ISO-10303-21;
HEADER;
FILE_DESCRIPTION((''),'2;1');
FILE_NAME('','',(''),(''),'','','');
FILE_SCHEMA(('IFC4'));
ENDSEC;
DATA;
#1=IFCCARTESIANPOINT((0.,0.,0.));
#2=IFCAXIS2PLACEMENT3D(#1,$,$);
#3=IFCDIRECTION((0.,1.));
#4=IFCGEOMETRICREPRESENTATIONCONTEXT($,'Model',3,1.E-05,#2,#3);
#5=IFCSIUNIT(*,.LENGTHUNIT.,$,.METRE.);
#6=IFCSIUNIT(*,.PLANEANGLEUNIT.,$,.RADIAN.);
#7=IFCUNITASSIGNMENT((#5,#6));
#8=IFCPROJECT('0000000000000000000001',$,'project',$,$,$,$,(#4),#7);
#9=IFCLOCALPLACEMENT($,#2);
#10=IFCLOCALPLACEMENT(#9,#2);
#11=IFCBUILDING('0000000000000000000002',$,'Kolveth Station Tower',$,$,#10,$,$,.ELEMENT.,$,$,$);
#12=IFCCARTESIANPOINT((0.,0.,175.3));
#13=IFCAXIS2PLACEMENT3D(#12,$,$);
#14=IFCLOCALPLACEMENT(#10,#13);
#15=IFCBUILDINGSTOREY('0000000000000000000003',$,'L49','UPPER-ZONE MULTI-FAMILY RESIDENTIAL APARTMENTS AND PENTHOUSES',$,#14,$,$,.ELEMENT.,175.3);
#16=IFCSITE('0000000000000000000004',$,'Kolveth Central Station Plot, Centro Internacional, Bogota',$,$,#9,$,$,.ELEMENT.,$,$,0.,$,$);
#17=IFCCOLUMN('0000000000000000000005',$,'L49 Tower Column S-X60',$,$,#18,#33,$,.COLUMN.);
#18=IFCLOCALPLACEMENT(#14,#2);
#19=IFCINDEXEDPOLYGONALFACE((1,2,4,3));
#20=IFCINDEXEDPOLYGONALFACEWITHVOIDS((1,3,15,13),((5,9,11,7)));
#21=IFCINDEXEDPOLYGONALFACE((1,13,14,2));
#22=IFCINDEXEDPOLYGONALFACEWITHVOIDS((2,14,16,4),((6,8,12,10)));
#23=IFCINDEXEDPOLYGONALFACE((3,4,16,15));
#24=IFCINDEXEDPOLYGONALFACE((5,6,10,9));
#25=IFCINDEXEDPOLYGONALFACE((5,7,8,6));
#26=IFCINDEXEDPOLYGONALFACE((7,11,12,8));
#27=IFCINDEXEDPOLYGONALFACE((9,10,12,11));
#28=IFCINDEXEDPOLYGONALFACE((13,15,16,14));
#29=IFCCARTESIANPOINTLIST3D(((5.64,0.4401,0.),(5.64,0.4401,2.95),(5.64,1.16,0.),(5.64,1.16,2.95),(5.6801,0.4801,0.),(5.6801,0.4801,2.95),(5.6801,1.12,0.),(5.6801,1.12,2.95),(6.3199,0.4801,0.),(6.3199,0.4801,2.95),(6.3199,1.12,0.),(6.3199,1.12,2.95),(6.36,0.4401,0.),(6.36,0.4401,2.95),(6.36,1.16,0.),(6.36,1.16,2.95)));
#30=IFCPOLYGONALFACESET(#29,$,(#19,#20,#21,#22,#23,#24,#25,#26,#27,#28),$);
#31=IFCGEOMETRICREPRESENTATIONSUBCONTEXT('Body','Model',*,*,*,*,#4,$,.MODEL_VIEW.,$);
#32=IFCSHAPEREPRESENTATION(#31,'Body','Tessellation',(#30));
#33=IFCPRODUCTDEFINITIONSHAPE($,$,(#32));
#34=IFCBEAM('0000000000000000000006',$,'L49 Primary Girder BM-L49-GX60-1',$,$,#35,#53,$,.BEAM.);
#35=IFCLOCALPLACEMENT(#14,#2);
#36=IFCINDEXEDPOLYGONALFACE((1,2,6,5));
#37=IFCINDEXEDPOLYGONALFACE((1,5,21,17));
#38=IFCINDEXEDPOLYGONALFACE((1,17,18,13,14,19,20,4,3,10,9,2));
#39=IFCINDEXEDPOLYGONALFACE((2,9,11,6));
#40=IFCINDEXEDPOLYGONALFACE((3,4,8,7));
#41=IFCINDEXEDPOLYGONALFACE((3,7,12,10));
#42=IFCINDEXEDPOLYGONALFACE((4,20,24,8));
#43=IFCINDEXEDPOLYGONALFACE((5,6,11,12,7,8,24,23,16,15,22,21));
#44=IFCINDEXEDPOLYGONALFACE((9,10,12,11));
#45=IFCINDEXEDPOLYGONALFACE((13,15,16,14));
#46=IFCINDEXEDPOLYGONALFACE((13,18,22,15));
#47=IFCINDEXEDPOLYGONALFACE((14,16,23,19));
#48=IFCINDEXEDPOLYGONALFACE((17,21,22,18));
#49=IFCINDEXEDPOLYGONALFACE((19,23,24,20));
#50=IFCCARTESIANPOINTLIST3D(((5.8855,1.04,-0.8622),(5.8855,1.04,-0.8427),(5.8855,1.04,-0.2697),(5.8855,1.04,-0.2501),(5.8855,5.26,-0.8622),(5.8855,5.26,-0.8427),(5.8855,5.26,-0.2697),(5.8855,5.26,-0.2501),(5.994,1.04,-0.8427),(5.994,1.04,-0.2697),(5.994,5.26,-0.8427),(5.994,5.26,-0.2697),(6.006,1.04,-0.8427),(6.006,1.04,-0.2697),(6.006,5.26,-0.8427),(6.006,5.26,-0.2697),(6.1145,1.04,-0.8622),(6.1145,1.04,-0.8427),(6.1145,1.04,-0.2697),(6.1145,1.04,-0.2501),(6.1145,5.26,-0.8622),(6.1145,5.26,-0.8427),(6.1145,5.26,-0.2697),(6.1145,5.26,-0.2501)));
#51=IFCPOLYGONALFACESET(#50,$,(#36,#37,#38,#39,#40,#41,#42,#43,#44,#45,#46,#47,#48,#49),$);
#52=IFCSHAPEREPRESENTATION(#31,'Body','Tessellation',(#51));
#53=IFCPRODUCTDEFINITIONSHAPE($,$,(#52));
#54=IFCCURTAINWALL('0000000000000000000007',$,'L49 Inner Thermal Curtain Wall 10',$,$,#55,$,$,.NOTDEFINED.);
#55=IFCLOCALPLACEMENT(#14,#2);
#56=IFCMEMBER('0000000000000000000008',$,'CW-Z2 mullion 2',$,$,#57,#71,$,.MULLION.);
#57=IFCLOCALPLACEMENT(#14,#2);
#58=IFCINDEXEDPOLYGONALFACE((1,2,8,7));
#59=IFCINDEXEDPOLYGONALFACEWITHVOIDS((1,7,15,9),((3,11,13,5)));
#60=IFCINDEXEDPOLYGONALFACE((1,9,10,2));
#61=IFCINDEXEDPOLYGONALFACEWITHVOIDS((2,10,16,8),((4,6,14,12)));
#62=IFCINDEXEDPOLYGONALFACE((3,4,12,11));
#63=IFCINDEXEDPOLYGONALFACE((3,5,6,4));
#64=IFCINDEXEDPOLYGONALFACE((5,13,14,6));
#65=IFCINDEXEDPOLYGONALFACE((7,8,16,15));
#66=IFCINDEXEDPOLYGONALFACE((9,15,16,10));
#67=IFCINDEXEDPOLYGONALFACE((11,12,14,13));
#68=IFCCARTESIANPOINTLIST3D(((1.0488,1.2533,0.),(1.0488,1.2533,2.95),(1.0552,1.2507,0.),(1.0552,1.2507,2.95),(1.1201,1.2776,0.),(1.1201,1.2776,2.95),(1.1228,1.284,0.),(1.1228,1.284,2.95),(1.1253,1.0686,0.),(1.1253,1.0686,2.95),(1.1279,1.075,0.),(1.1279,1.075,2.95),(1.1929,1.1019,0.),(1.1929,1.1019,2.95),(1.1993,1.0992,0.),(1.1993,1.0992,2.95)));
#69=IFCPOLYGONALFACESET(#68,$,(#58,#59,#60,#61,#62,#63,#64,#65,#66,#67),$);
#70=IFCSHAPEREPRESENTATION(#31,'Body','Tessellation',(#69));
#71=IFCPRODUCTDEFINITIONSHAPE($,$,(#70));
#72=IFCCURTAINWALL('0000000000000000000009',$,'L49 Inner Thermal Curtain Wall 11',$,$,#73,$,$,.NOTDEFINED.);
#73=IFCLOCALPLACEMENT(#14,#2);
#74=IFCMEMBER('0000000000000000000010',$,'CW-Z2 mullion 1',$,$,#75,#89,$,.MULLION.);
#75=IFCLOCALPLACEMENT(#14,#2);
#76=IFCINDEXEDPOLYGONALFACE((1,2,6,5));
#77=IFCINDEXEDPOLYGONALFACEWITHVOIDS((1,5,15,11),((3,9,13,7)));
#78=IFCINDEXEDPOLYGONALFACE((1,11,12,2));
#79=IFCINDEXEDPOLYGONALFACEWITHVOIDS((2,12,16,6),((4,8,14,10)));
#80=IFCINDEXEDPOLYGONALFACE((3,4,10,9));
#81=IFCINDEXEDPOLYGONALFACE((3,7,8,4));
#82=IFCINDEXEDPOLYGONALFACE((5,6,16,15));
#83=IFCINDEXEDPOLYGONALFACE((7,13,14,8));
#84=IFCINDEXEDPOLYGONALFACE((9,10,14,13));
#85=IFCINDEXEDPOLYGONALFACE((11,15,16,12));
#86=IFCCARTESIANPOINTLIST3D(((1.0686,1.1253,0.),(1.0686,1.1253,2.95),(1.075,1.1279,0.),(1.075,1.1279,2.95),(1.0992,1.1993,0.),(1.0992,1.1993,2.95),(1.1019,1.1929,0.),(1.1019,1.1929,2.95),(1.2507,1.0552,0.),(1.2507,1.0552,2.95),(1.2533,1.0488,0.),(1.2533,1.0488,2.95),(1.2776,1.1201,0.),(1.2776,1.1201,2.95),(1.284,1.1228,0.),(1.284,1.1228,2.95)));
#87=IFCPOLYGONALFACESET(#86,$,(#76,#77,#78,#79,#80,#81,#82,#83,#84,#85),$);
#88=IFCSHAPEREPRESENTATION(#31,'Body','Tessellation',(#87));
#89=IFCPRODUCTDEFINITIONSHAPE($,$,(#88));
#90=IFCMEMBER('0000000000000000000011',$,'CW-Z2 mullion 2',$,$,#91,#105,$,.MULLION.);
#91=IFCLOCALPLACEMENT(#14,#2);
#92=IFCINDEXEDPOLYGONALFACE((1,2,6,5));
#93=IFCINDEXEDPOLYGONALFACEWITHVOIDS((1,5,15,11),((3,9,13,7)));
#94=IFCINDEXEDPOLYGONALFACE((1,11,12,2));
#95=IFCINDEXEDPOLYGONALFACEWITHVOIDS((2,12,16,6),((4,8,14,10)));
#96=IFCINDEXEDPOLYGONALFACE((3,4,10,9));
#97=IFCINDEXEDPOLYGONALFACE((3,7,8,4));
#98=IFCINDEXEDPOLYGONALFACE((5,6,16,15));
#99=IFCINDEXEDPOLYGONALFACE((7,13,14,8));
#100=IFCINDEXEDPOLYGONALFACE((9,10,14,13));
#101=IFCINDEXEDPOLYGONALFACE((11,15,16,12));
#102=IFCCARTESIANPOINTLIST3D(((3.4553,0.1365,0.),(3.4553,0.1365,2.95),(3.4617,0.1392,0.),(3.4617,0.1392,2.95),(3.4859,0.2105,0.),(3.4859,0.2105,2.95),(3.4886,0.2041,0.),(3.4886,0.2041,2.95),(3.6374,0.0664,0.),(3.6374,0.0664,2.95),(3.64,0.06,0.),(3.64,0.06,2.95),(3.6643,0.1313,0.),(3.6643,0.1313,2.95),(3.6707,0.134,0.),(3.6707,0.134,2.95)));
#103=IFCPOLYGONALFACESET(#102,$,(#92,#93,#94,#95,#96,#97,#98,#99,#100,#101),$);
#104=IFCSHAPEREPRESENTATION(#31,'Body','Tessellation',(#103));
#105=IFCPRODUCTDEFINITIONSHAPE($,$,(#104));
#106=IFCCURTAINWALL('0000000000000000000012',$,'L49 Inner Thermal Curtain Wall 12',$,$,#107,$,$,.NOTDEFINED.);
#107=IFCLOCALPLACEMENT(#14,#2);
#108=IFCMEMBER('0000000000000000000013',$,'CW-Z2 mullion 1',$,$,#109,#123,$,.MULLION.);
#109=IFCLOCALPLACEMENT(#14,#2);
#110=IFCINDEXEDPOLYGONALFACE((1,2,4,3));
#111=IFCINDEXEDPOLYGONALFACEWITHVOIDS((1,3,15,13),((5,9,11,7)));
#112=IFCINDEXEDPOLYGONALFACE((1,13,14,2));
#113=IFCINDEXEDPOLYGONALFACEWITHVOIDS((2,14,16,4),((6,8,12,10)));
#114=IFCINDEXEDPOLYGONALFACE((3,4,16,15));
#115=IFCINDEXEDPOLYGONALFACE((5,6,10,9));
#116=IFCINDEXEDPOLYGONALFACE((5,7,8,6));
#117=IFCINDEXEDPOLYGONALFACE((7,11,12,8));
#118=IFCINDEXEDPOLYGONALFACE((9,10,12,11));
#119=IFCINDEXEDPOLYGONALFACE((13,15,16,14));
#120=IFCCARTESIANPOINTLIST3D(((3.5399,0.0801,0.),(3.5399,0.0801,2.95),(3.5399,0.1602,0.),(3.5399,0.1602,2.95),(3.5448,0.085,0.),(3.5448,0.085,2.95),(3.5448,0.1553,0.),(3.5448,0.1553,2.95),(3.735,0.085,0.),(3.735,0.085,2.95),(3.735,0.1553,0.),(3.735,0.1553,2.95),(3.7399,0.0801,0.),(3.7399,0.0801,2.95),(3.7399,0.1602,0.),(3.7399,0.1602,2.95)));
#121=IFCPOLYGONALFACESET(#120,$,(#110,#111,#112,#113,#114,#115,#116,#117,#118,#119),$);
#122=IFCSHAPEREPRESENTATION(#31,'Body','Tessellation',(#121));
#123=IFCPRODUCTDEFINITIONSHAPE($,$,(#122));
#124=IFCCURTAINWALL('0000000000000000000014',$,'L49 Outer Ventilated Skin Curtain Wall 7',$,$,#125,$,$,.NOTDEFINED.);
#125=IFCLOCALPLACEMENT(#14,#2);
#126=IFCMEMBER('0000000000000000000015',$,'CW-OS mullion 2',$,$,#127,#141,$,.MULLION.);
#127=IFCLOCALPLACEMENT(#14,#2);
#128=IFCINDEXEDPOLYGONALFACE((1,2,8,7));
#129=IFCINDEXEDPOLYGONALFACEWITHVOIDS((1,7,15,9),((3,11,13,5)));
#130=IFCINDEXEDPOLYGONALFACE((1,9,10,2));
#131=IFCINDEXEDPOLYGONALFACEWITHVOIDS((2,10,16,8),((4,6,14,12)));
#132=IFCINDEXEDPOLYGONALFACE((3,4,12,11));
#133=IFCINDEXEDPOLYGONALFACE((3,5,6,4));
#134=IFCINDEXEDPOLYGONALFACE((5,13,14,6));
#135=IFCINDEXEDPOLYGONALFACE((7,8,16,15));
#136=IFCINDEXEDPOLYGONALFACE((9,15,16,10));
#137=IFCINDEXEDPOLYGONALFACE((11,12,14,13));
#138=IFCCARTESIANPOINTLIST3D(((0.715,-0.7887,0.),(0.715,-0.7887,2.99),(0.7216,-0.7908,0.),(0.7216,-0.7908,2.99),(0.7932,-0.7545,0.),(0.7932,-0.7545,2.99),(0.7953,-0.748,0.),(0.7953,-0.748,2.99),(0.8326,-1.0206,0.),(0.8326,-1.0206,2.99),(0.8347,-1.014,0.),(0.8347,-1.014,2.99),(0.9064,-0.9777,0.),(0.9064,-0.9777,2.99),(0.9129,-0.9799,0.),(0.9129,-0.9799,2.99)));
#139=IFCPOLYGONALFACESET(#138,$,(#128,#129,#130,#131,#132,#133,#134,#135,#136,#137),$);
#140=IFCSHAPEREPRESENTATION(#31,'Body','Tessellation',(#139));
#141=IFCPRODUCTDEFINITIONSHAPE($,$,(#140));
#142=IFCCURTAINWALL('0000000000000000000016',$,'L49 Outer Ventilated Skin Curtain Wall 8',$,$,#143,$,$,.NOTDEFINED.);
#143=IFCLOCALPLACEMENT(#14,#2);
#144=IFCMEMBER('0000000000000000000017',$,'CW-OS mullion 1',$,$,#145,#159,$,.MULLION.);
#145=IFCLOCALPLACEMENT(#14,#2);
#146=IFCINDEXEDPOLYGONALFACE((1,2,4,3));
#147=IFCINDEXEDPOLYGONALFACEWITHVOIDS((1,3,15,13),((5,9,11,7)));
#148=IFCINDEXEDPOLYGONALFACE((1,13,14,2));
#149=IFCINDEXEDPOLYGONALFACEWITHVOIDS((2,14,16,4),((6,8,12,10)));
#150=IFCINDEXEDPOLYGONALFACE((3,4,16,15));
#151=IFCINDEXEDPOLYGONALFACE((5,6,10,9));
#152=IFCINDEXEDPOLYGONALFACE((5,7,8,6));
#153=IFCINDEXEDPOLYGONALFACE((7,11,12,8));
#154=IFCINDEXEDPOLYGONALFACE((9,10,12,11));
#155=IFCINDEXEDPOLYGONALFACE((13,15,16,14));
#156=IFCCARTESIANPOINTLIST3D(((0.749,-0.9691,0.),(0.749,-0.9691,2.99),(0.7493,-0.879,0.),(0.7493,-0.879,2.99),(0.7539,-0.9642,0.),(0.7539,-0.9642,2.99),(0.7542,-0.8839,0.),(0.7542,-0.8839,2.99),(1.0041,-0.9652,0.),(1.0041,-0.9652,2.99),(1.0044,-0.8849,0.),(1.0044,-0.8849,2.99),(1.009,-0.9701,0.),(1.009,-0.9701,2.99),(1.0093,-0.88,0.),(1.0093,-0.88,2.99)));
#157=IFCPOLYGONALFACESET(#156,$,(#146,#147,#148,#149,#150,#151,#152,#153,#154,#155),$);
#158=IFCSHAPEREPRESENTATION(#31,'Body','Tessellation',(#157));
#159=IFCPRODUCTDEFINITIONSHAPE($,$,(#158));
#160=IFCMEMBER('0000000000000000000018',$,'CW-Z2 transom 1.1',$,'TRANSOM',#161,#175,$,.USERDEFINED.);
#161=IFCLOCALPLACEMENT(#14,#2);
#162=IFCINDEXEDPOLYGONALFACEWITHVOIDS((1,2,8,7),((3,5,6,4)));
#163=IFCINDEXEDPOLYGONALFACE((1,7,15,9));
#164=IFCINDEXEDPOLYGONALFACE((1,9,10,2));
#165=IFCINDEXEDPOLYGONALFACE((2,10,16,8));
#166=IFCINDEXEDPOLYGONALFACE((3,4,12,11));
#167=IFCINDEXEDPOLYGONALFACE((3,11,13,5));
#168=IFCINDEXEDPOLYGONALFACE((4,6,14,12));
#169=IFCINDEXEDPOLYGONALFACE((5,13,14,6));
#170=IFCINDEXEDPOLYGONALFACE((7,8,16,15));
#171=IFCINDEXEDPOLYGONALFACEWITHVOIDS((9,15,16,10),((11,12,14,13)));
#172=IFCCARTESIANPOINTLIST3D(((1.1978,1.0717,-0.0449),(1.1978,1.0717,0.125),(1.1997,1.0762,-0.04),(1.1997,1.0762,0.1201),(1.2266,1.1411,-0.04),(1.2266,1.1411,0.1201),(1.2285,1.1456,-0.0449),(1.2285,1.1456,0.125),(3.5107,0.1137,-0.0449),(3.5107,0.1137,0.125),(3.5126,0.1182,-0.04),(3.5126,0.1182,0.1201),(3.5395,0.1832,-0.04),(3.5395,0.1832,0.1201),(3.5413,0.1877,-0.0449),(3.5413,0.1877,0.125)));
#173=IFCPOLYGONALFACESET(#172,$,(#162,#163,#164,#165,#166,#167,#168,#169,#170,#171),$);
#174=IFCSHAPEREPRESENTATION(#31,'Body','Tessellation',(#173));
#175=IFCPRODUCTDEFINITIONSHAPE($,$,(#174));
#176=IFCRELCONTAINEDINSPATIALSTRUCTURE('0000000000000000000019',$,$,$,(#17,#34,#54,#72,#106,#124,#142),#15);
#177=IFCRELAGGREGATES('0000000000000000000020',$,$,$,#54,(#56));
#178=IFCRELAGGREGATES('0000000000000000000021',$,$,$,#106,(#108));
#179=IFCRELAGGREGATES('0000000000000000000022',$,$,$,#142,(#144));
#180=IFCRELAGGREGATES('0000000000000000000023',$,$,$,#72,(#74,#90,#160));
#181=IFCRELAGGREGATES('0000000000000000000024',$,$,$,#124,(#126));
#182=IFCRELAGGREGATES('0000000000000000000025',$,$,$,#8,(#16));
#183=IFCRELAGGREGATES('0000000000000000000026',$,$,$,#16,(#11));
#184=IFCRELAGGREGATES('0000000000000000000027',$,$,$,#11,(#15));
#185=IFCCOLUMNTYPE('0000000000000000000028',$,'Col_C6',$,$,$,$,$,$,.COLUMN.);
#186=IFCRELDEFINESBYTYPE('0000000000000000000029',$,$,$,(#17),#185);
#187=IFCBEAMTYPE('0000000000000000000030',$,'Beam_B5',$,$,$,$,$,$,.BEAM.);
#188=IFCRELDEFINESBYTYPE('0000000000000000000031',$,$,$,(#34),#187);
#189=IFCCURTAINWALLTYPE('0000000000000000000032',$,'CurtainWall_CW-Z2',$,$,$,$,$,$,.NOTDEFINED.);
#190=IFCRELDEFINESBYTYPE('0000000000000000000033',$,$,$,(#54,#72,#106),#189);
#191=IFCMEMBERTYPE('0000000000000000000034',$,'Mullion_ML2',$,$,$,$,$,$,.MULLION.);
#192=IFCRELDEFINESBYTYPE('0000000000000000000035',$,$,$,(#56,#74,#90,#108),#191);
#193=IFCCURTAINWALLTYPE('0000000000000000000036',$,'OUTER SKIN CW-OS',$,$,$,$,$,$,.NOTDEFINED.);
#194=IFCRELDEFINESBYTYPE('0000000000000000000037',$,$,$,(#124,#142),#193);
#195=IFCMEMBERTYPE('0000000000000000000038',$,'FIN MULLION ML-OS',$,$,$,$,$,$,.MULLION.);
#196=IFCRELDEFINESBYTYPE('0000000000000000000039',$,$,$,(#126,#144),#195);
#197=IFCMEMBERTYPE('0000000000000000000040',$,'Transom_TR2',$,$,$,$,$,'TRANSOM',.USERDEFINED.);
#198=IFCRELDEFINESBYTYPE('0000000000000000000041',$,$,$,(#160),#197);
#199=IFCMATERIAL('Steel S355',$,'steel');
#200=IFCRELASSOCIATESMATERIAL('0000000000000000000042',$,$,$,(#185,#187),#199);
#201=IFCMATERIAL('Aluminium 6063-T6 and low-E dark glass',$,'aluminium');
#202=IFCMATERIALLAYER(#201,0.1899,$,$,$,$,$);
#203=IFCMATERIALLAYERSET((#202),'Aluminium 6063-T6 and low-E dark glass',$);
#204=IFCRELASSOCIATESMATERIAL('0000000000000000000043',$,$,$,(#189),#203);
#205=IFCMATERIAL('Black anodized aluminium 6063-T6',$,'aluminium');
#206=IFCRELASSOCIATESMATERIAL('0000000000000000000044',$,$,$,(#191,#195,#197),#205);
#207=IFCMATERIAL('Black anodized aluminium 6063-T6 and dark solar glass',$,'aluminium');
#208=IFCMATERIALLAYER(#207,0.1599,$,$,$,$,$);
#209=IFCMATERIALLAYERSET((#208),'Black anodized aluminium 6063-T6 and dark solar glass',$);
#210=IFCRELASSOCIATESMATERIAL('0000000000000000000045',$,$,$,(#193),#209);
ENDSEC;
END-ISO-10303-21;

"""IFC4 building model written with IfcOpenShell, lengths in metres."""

from ifc_helpers import new_model, si_unit, direction, frame, origin, origin_2d, place, context, subcontext, project, spatial, hollow_rectangle, i_section, extrude, source, transform, mapped, material, layer, layer_set, material_profile, profile_set, type_object, element, aggregate, save


model = new_model("IFC4")

# Units and contexts
model_context = context("Model", 3, precision=1e-05, world=origin(), true_north=direction((0.0, 1.0)))
body_context = subcontext(model_context, "Body", "Model", "MODEL_VIEW")
ifc_project = project(units=[si_unit("LENGTHUNIT", "METRE"), si_unit("PLANEANGLEUNIT", "RADIAN")], contexts=[model_context])

# Site, building, storey
site_placement = place(None, origin())
site = spatial("IfcSite", under=ifc_project, at=site_placement, Name="Kolveth Central Station Plot, Centro Internacional, Bogota", CompositionType="ELEMENT", RefElevation=0.0)
building_placement = place(site_placement, origin())
building = spatial("IfcBuilding", under=site, at=building_placement, Name="Kolveth Station Tower", CompositionType="ELEMENT")
storey_placement = place(building_placement, frame((0.0, 0.0, 175.3)))
storey = spatial("IfcBuildingStorey", under=building, at=storey_placement, Name="L49", Description="UPPER-ZONE MULTI-FAMILY RESIDENTIAL APARTMENTS AND PENTHOUSES", CompositionType="ELEMENT", Elevation=175.3)

# Column
ifc_material_1 = material(Name="Steel S355", Category="steel")
ifc_material_profile_1 = material_profile(ifc_material_1, hollow_rectangle(XDim=0.72, YDim=0.72, WallThickness=0.04, at=origin_2d()), Name="BOX720x720x40")
ifc_profile_set_1 = profile_set([ifc_material_profile_1], Name="Steel S355")
column_type = type_object("IfcColumnType", Name="Col_C6", PredefinedType="COLUMN", material=ifc_profile_set_1)
shared_shape_1 = source(origin(), body_context, "Body", "SweptSolid", [
    extrude(hollow_rectangle(XDim=0.72, YDim=0.72, WallThickness=0.04, at=origin_2d()), origin(), (0.0, 0.0, 1.0), 2.95),
])
column_placement = place(storey_placement, frame((6.0, 0.8, 0.0), z_axis=(0.0, 0.0, 1.0), x_axis=(1.0, 0.0, 0.0)))
element("IfcColumn", 1, at=column_placement, inside=storey, type_object=column_type, Name="L49 Tower Column S-X60", PredefinedType="COLUMN", context=body_context, shape_type="MappedRepresentation", body=[
    mapped(shared_shape_1, transform((0.0, 0.0, 0.0), x_axis=(1.0, 0.0, 0.0), y_axis=(0.0, 1.0, 0.0), z_axis=(0.0, 0.0, 1.0), scale=1.0)),
])

# Beam
ifc_material_profile_2 = material_profile(ifc_material_1, i_section(OverallWidth=0.229, OverallDepth=0.6121, WebThickness=0.012, FlangeThickness=0.0195, at=origin_2d()), Name="W610x125")
ifc_profile_set_2 = profile_set([ifc_material_profile_2], Name="Steel S355")
beam_type = type_object("IfcBeamType", Name="Beam_B5", PredefinedType="BEAM", material=ifc_profile_set_2)
shared_shape_2 = source(origin(), body_context, "Body", "SweptSolid", [
    extrude(i_section(OverallWidth=0.229, OverallDepth=0.6121, WebThickness=0.012, FlangeThickness=0.0195, at=origin_2d()), origin(), (0.0, 0.0, 1.0), 4.22),
])
beam_placement = place(storey_placement, frame((6.0, 1.04, -0.5562), z_axis=(0.0, 1.0, 0.0), x_axis=(-1.0, 0.0, 0.0)))
element("IfcBeam", 2, at=beam_placement, inside=storey, type_object=beam_type, Name="L49 Primary Girder BM-L49-GX60-1", PredefinedType="BEAM", context=body_context, shape_type="MappedRepresentation", body=[
    mapped(shared_shape_2, transform((0.0, 0.0, 0.0), x_axis=(1.0, 0.0, 0.0), y_axis=(0.0, 1.0, 0.0), z_axis=(0.0, 0.0, 1.0), scale=1.0)),
])

# Curtain wall, member
ifc_material_2 = material(Name="Aluminium 6063-T6 and low-E dark glass", Category="aluminium")
ifc_layer_1 = layer(ifc_material_2, 0.1899)
ifc_layer_set_1 = layer_set([ifc_layer_1], Name="Aluminium 6063-T6 and low-E dark glass")
curtain_wall_type_1 = type_object("IfcCurtainWallType", Name="CurtainWall_CW-Z2", PredefinedType="NOTDEFINED", material=ifc_layer_set_1)
curtain_wall_1_placement = place(storey_placement, origin())
curtain_wall_1 = element("IfcCurtainWall", 3, at=curtain_wall_1_placement, inside=storey, type_object=curtain_wall_type_1, Name="L49 Inner Thermal Curtain Wall 10", PredefinedType="NOTDEFINED")
ifc_material_3 = material(Name="Black anodized aluminium 6063-T6", Category="aluminium")
ifc_material_profile_3 = material_profile(ifc_material_3, hollow_rectangle(XDim=0.0801, YDim=0.2, WallThickness=0.0049, at=origin_2d()), Name="ALU-80x200x5")
ifc_profile_set_3 = profile_set([ifc_material_profile_3], Name="Black anodized aluminium 6063-T6")
member_type_1 = type_object("IfcMemberType", Name="Mullion_ML2", PredefinedType="MULLION", material=ifc_profile_set_3)
shared_shape_3 = source(origin(), body_context, "Body", "SweptSolid", [
    extrude(hollow_rectangle(XDim=0.0801, YDim=0.2, WallThickness=0.0049, at=origin_2d()), origin(), (0.0, 0.0, 1.0), 2.95),
])
member_1_placement = place(storey_placement, frame((1.124, 1.1763, 0.0), z_axis=(0.0, 0.0, 1.0), x_axis=(0.923874, 0.382698, 0.0)))
member_1 = element("IfcMember", 4, at=member_1_placement, type_object=member_type_1, Name="CW-Z2 mullion 2", PredefinedType="MULLION", context=body_context, shape_type="MappedRepresentation", body=[
    mapped(shared_shape_3, transform((0.0, 0.0, 0.0), x_axis=(1.0, 0.0, 0.0), y_axis=(0.0, 1.0, 0.0), z_axis=(0.0, 0.0, 1.0), scale=1.0)),
])
aggregate(curtain_wall_1, [member_1])

# Curtain wall, members
curtain_wall_2_placement = place(storey_placement, origin())
curtain_wall_2 = element("IfcCurtainWall", 5, at=curtain_wall_2_placement, inside=storey, type_object=curtain_wall_type_1, Name="L49 Inner Thermal Curtain Wall 11", PredefinedType="NOTDEFINED")
member_2_placement = place(storey_placement, frame((1.1763, 1.124, 0.0), z_axis=(0.0, 0.0, 1.0), x_axis=(0.382698, 0.923874, 0.0)))
member_2 = element("IfcMember", 6, at=member_2_placement, type_object=member_type_1, Name="CW-Z2 mullion 1", PredefinedType="MULLION", context=body_context, shape_type="MappedRepresentation", body=[
    mapped(shared_shape_3, transform((0.0, 0.0, 0.0), x_axis=(1.0, 0.0, 0.0), y_axis=(0.0, 1.0, 0.0), z_axis=(0.0, 0.0, 1.0), scale=1.0)),
])
member_3_placement = place(storey_placement, frame((3.563, 0.1353, 0.0), z_axis=(0.0, 0.0, 1.0), x_axis=(0.382698, 0.923874, 0.0)))
member_3 = element("IfcMember", 7, at=member_3_placement, type_object=member_type_1, Name="CW-Z2 mullion 2", PredefinedType="MULLION", context=body_context, shape_type="MappedRepresentation", body=[
    mapped(shared_shape_3, transform((0.0, 0.0, 0.0), x_axis=(1.0, 0.0, 0.0), y_axis=(0.0, 1.0, 0.0), z_axis=(0.0, 0.0, 1.0), scale=1.0)),
])

# Curtain walls, members
curtain_wall_3_placement = place(storey_placement, origin())
curtain_wall_3 = element("IfcCurtainWall", 8, at=curtain_wall_3_placement, inside=storey, type_object=curtain_wall_type_1, Name="L49 Inner Thermal Curtain Wall 12", PredefinedType="NOTDEFINED")
member_4_placement = place(storey_placement, frame((3.6399, 0.1201, 0.0), z_axis=(0.0, 0.0, 1.0), x_axis=(0.0, 1.0, 0.0)))
member_4 = element("IfcMember", 9, at=member_4_placement, type_object=member_type_1, Name="CW-Z2 mullion 1", PredefinedType="MULLION", context=body_context, shape_type="MappedRepresentation", body=[
    mapped(shared_shape_3, transform((0.0, 0.0, 0.0), x_axis=(1.0, 0.0, 0.0), y_axis=(0.0, 1.0, 0.0), z_axis=(0.0, 0.0, 1.0), scale=1.0)),
])
ifc_material_4 = material(Name="Black anodized aluminium 6063-T6 and dark solar glass", Category="aluminium")
ifc_layer_2 = layer(ifc_material_4, 0.1599)
ifc_layer_set_2 = layer_set([ifc_layer_2], Name="Black anodized aluminium 6063-T6 and dark solar glass")
curtain_wall_type_2 = type_object("IfcCurtainWallType", Name="OUTER SKIN CW-OS", PredefinedType="NOTDEFINED", material=ifc_layer_set_2)
curtain_wall_4_placement = place(storey_placement, origin())
curtain_wall_4 = element("IfcCurtainWall", 10, at=curtain_wall_4_placement, inside=storey, type_object=curtain_wall_type_2, Name="L49 Outer Ventilated Skin Curtain Wall 7", PredefinedType="NOTDEFINED")
ifc_material_profile_4 = material_profile(ifc_material_3, hollow_rectangle(XDim=0.0901, YDim=0.26, WallThickness=0.0049, at=origin_2d()), Name="ALU-90x260x5")
ifc_profile_set_4 = profile_set([ifc_material_profile_4], Name="Black anodized aluminium 6063-T6")
member_type_2 = type_object("IfcMemberType", Name="FIN MULLION ML-OS", PredefinedType="MULLION", material=ifc_profile_set_4)
shared_shape_4 = source(origin(), body_context, "Body", "SweptSolid", [
    extrude(hollow_rectangle(XDim=0.0901, YDim=0.26, WallThickness=0.0049, at=origin_2d()), origin(), (0.0, 0.0, 1.0), 2.99),
])
member_5_placement = place(storey_placement, frame((0.814, -0.8843, 0.0), z_axis=(0.0, 0.0, 1.0), x_axis=(0.891875, 0.452282, 0.0)))
member_5 = element("IfcMember", 11, at=member_5_placement, type_object=member_type_2, Name="CW-OS mullion 2", PredefinedType="MULLION", context=body_context, shape_type="MappedRepresentation", body=[
    mapped(shared_shape_4, transform((0.0, 0.0, 0.0), x_axis=(1.0, 0.0, 0.0), y_axis=(0.0, 1.0, 0.0), z_axis=(0.0, 0.0, 1.0), scale=1.0)),
])
curtain_wall_5_placement = place(storey_placement, origin())
curtain_wall_5 = element("IfcCurtainWall", 12, at=curtain_wall_5_placement, inside=storey, type_object=curtain_wall_type_2, Name="L49 Outer Ventilated Skin Curtain Wall 8", PredefinedType="NOTDEFINED")
member_6_placement = place(storey_placement, frame((0.8792, -0.9246, 0.0), z_axis=(0.0, 0.0, 1.0), x_axis=(0.003987, 0.999992, 0.0)))
member_6 = element("IfcMember", 13, at=member_6_placement, type_object=member_type_2, Name="CW-OS mullion 1", PredefinedType="MULLION", context=body_context, shape_type="MappedRepresentation", body=[
    mapped(shared_shape_4, transform((0.0, 0.0, 0.0), x_axis=(1.0, 0.0, 0.0), y_axis=(0.0, 1.0, 0.0), z_axis=(0.0, 0.0, 1.0), scale=1.0)),
])

# Member
ifc_material_profile_5 = material_profile(ifc_material_3, hollow_rectangle(XDim=0.0801, YDim=0.1699, WallThickness=0.0049, at=origin_2d()), Name="ALU-80x170x5")
ifc_profile_set_5 = profile_set([ifc_material_profile_5], Name="Black anodized aluminium 6063-T6")
member_type_3 = type_object("IfcMemberType", Name="Transom_TR2", ElementType="TRANSOM", PredefinedType="USERDEFINED", material=ifc_profile_set_5)
shared_shape_5 = source(origin(), body_context, "Body", "SweptSolid", [
    extrude(hollow_rectangle(XDim=0.0801, YDim=0.1699, WallThickness=0.0049, at=origin_2d()), origin(), (0.0, 0.0, 1.0), 2.5034),
])
member_7_placement = place(storey_placement, frame((1.2131, 1.1086, 0.04), z_axis=(0.923888, -0.382662, 0.0), x_axis=(0.382662, 0.923888, 0.0)))
member_7 = element("IfcMember", 14, at=member_7_placement, type_object=member_type_3, Name="CW-Z2 transom 1.1", ObjectType="TRANSOM", PredefinedType="USERDEFINED", context=body_context, shape_type="MappedRepresentation", body=[
    mapped(shared_shape_5, transform((0.0, 0.0, 0.0), x_axis=(1.0, 0.0, 0.0), y_axis=(0.0, 1.0, 0.0), z_axis=(0.0, 0.0, 1.0), scale=1.0)),
])
aggregate(curtain_wall_3, [member_4])
aggregate(curtain_wall_5, [member_6])

aggregate(curtain_wall_2, [member_2, member_3, member_7])
aggregate(curtain_wall_4, [member_5])

save(model, "model.ifc")
